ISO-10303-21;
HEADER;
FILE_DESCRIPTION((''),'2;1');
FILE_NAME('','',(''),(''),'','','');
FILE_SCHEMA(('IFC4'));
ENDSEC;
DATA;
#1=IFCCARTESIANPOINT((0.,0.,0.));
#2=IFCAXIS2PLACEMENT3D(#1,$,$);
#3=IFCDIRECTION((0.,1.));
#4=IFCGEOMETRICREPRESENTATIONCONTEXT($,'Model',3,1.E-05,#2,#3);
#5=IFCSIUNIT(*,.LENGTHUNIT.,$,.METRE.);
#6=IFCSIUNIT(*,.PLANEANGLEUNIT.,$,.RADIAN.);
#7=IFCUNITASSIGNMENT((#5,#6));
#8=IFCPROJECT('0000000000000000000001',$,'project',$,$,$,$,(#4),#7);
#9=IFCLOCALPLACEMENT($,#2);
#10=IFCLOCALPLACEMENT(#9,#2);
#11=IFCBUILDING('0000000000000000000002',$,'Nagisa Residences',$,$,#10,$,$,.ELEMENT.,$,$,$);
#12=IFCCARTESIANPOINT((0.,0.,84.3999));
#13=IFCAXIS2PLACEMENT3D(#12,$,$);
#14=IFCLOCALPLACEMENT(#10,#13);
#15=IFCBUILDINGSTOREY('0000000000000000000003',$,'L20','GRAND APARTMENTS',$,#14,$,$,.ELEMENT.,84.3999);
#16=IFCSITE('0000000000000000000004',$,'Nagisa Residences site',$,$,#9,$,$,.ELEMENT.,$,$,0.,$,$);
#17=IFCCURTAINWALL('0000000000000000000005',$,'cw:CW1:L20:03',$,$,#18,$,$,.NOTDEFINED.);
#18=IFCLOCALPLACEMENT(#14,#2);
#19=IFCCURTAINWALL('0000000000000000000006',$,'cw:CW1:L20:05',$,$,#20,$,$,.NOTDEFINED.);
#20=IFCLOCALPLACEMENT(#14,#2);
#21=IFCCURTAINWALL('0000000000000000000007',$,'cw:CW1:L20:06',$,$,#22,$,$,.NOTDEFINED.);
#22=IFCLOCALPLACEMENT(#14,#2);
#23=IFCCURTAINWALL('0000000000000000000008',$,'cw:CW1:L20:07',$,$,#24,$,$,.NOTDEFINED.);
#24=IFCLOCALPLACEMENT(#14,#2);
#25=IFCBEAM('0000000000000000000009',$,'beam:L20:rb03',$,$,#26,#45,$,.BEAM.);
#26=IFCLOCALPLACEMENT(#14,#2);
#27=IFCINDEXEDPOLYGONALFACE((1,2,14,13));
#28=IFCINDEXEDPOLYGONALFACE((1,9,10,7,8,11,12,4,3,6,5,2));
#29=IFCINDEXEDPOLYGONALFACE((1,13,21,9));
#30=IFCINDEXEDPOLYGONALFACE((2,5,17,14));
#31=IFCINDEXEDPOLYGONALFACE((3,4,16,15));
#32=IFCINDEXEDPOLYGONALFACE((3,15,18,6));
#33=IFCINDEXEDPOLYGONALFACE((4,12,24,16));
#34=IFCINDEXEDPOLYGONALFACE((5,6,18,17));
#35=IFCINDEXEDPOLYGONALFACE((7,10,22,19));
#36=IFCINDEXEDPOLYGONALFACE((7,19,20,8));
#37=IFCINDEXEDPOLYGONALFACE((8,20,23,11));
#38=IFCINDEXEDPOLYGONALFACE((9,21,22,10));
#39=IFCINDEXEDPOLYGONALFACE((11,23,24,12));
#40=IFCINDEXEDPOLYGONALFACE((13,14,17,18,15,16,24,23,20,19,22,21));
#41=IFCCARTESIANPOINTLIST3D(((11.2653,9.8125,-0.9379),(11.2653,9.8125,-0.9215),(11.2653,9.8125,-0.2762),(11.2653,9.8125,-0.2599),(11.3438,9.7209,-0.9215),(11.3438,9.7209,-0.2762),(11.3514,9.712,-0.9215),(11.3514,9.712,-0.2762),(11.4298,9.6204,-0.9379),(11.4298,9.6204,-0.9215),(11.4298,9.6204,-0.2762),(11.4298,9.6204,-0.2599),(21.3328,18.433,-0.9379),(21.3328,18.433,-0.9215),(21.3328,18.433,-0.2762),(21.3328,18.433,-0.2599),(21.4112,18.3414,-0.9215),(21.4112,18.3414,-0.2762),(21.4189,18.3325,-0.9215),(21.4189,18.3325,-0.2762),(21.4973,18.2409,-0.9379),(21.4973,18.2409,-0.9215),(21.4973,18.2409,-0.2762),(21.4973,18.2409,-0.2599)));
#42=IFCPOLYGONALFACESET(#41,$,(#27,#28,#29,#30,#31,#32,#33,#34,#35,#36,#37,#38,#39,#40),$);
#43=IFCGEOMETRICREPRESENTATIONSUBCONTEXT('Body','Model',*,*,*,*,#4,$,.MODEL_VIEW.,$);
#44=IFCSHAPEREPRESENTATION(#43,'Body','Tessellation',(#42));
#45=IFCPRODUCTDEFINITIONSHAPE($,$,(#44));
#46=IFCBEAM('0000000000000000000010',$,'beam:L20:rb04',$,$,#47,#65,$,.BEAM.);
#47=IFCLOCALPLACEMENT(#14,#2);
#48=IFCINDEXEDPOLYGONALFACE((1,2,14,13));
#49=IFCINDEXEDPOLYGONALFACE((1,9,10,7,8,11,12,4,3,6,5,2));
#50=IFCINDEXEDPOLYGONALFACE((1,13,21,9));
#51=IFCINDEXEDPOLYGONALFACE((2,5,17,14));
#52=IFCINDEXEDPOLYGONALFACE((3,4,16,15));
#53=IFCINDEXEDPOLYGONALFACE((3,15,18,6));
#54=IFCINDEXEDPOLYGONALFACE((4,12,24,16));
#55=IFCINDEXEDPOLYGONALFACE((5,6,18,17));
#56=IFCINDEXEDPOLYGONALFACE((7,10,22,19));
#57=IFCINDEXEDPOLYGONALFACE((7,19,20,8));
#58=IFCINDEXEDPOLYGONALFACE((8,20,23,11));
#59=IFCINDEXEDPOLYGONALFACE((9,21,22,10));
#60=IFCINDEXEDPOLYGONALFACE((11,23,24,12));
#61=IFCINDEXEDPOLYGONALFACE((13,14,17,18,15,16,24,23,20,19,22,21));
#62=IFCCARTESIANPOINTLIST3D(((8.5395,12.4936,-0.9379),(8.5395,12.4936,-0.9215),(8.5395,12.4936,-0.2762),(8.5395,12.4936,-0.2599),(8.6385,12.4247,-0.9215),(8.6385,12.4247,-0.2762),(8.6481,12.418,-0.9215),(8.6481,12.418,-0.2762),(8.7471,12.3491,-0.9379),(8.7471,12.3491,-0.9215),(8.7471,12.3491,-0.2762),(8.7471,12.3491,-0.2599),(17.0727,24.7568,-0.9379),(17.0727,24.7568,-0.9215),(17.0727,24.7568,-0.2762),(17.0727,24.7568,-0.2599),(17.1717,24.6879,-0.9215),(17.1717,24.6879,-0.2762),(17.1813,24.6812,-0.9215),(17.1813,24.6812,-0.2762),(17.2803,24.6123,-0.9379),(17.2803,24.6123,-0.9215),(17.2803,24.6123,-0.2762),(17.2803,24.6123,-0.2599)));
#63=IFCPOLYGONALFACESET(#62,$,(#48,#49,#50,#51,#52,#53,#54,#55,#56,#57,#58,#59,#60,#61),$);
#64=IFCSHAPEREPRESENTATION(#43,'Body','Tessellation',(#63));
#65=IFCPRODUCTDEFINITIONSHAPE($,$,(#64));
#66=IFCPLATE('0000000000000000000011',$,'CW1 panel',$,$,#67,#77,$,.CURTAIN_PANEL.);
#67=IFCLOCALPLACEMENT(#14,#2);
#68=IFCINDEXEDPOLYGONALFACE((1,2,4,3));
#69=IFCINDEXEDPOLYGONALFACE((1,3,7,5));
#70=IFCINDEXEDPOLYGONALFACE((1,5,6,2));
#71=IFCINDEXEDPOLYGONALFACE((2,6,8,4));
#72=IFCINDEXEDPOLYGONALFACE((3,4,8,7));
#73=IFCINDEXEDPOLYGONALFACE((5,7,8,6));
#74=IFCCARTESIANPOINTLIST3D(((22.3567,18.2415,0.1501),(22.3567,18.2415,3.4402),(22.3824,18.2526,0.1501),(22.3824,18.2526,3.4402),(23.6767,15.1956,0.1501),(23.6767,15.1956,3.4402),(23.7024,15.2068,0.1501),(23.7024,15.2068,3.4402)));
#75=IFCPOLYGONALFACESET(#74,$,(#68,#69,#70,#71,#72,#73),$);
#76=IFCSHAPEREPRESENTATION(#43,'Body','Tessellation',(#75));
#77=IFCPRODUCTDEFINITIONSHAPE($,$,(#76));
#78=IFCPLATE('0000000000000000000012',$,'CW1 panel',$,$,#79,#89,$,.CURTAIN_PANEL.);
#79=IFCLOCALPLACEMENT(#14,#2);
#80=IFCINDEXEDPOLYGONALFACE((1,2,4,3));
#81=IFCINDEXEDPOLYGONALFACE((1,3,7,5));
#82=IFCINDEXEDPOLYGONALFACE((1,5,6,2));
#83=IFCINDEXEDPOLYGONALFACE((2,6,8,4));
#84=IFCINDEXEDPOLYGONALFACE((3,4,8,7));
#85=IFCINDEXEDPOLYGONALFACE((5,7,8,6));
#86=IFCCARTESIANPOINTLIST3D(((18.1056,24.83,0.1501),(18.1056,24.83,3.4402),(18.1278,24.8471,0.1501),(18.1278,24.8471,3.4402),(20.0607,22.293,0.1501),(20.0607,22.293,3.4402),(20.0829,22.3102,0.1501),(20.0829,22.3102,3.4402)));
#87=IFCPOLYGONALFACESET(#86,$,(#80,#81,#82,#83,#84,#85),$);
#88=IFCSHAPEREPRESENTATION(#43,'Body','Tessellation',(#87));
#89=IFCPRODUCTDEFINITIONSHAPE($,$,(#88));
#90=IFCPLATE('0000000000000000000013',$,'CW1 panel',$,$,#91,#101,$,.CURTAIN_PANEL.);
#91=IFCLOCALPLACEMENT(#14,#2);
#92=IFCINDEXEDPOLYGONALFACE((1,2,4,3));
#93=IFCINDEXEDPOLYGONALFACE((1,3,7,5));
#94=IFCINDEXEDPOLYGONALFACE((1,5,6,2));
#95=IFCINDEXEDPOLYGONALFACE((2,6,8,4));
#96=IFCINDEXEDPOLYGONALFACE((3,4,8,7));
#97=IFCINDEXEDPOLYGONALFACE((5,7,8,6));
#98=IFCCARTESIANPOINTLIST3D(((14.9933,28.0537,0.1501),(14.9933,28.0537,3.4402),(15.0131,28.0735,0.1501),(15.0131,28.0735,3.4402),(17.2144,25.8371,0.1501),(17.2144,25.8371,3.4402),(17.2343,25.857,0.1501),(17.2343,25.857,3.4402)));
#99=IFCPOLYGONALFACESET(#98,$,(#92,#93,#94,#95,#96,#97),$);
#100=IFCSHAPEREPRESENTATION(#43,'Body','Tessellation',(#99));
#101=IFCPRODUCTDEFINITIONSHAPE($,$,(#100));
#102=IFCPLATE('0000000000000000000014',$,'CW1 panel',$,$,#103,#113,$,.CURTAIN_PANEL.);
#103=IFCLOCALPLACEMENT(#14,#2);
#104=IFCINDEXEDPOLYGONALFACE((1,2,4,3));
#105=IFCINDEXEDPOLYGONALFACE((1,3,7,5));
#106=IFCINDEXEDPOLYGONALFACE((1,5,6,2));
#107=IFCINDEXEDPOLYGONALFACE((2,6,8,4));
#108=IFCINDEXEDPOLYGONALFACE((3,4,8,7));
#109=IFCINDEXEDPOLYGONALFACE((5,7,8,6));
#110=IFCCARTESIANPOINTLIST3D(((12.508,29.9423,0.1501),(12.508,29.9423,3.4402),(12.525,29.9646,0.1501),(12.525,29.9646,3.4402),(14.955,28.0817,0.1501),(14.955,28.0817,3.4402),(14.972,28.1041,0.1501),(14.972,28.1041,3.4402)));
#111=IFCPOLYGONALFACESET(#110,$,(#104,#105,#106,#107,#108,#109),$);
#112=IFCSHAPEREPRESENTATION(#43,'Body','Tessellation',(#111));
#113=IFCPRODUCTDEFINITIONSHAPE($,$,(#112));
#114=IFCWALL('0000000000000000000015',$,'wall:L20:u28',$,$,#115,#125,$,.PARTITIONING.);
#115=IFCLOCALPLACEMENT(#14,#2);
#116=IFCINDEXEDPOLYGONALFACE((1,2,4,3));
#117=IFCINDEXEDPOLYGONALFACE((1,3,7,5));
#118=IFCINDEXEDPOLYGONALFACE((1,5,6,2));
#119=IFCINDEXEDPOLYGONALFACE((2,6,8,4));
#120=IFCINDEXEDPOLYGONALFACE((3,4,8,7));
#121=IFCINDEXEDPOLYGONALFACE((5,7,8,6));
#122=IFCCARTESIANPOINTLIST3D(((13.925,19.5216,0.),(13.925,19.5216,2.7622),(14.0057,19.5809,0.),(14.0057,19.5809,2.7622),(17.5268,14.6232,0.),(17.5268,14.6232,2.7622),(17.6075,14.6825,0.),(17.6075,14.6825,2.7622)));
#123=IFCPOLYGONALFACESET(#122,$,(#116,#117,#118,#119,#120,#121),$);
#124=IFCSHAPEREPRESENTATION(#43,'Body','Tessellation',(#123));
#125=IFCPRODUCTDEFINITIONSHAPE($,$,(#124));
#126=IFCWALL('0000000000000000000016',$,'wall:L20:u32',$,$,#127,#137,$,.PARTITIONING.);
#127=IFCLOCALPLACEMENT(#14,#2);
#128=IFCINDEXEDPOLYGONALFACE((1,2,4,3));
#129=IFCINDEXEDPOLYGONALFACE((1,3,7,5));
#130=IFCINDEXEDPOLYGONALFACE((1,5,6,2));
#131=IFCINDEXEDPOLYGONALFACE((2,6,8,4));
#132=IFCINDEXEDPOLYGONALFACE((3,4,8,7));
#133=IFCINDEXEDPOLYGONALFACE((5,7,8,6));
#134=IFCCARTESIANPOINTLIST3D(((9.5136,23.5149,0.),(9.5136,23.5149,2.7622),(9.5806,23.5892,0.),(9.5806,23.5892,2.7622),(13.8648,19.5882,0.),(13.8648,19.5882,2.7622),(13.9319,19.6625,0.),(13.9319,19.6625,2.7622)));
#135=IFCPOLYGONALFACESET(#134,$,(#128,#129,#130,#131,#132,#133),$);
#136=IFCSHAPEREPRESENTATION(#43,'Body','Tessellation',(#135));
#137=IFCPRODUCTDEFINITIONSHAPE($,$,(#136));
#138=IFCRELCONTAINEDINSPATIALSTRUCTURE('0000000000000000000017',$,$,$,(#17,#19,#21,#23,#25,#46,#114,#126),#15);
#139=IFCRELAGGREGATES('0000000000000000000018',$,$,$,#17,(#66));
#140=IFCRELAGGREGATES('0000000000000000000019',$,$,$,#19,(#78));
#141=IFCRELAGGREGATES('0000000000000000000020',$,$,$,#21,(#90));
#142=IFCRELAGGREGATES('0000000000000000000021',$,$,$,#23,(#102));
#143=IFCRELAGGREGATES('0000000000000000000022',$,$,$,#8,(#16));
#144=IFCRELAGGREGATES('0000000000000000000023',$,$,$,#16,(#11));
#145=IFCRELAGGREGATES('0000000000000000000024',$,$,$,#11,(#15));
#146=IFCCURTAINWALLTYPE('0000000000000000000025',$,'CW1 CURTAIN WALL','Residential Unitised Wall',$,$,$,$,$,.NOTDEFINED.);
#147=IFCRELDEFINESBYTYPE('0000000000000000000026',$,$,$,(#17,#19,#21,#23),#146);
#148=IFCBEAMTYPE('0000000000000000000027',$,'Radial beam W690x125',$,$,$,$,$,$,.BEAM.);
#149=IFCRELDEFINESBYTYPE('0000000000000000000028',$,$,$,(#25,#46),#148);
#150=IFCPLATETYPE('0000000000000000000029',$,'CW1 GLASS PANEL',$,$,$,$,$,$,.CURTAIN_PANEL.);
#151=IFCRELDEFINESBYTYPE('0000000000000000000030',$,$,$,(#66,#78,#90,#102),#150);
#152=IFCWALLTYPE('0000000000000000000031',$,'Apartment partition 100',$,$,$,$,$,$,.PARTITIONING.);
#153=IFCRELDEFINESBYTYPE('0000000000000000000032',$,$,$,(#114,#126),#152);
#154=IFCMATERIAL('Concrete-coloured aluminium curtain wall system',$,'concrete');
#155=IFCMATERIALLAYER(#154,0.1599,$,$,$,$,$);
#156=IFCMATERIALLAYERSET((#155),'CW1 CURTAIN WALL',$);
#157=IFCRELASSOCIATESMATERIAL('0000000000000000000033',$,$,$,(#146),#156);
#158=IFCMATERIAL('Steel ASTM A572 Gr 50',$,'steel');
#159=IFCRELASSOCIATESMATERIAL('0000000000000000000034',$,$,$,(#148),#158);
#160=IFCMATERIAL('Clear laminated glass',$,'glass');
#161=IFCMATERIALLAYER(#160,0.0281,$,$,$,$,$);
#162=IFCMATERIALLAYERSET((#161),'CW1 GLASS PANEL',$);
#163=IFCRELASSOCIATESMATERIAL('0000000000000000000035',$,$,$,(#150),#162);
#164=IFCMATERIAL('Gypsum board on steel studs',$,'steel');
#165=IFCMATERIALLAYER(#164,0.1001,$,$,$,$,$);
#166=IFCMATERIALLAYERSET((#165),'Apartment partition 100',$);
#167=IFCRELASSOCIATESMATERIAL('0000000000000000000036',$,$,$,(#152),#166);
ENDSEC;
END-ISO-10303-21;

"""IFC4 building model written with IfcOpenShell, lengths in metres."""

from ifc_helpers import new_model, si_unit, direction, frame, frame_2d, origin, origin_2d, place, context, subcontext, project, spatial, rectangle, i_section, extrude, material, layer, layer_set, material_profile, profile_set, type_object, element, aggregate, save


model = new_model("IFC4")

# Units and contexts
model_context = context("Model", 3, precision=1e-05, world=origin(), true_north=direction((0.0, 1.0)))
body_context = subcontext(model_context, "Body", "Model", "MODEL_VIEW")
ifc_project = project(units=[si_unit("LENGTHUNIT", "METRE"), si_unit("PLANEANGLEUNIT", "RADIAN")], contexts=[model_context])

# Site, building, storey
site_placement = place(None, origin())
site = spatial("IfcSite", under=ifc_project, at=site_placement, Name="Nagisa Residences site", CompositionType="ELEMENT", RefElevation=0.0)
building_placement = place(site_placement, origin())
building = spatial("IfcBuilding", under=site, at=building_placement, Name="Nagisa Residences", CompositionType="ELEMENT")
storey_placement = place(building_placement, frame((0.0, 0.0, 84.3999)))
storey = spatial("IfcBuildingStorey", under=building, at=storey_placement, Name="L20", Description="GRAND APARTMENTS", CompositionType="ELEMENT", Elevation=84.3999)

# Curtain walls
ifc_material_1 = material(Name="Concrete-coloured aluminium curtain wall system", Category="concrete")
ifc_layer_1 = layer(ifc_material_1, 0.1599)
ifc_layer_set_1 = layer_set([ifc_layer_1], Name="CW1 CURTAIN WALL")
curtain_wall_type = type_object("IfcCurtainWallType", Name="CW1 CURTAIN WALL", Description="Residential Unitised Wall", PredefinedType="NOTDEFINED", material=ifc_layer_set_1)
curtain_wall_1_placement = place(storey_placement, origin())
curtain_wall_1 = element("IfcCurtainWall", 1, at=curtain_wall_1_placement, inside=storey, type_object=curtain_wall_type, Name="cw:CW1:L20:03", PredefinedType="NOTDEFINED")
curtain_wall_2_placement = place(storey_placement, origin())
curtain_wall_2 = element("IfcCurtainWall", 2, at=curtain_wall_2_placement, inside=storey, type_object=curtain_wall_type, Name="cw:CW1:L20:05", PredefinedType="NOTDEFINED")
curtain_wall_3_placement = place(storey_placement, origin())
curtain_wall_3 = element("IfcCurtainWall", 3, at=curtain_wall_3_placement, inside=storey, type_object=curtain_wall_type, Name="cw:CW1:L20:06", PredefinedType="NOTDEFINED")
curtain_wall_4_placement = place(storey_placement, origin())
curtain_wall_4 = element("IfcCurtainWall", 4, at=curtain_wall_4_placement, inside=storey, type_object=curtain_wall_type, Name="cw:CW1:L20:07", PredefinedType="NOTDEFINED")

# Beams
ifc_material_2 = material(Name="Steel ASTM A572 Gr 50", Category="steel")
ifc_material_profile_1 = material_profile(ifc_material_2, i_section(OverallWidth=0.2529, OverallDepth=0.678, WebThickness=0.0117, FlangeThickness=0.0164, at=origin_2d()), Name="W690x125")
ifc_profile_set_1 = profile_set([ifc_material_profile_1], Name="Steel ASTM A572 Gr 50")
beam_type_1 = type_object("IfcBeamType", Name="Radial beam W690x125", PredefinedType="BEAM", material=ifc_profile_set_1)
beam_1_placement = place(storey_placement, frame((21.415, 18.3369, -0.5989), z_axis=(-0.759585, -0.650407, 0.0), x_axis=(0.650407, -0.759585, 0.0)))
element("IfcBeam", 5, at=beam_1_placement, inside=storey, type_object=beam_type_1, Name="beam:L20:rb03", PredefinedType="BEAM", context=body_context, shape_type="SweptSolid", body=[
    extrude(i_section(OverallWidth=0.2529, OverallDepth=0.678, WebThickness=0.0117, FlangeThickness=0.0164, at=origin_2d()), origin(), (0.0, 0.0, 1.0), 13.2539),
])
beam_2_placement = place(storey_placement, frame((17.1765, 24.6846, -0.5989), z_axis=(-0.571168, -0.820833, 0.0), x_axis=(0.820833, -0.571168, 0.0)))
element("IfcBeam", 6, at=beam_2_placement, inside=storey, type_object=beam_type_1, Name="beam:L20:rb04", PredefinedType="BEAM", context=body_context, shape_type="SweptSolid", body=[
    extrude(i_section(OverallWidth=0.2529, OverallDepth=0.678, WebThickness=0.0117, FlangeThickness=0.0164, at=origin_2d()), origin(), (0.0, 0.0, 1.0), 14.9399),
])

# Plates
ifc_material_3 = material(Name="Clear laminated glass", Category="glass")
ifc_layer_2 = layer(ifc_material_3, 0.0281)
ifc_layer_set_2 = layer_set([ifc_layer_2], Name="CW1 GLASS PANEL")
plate_type = type_object("IfcPlateType", Name="CW1 GLASS PANEL", PredefinedType="CURTAIN_PANEL", material=ifc_layer_set_2)
plate_1_placement = place(storey_placement, frame((23.0295, 16.7241, 0.1501), z_axis=(0.0, 0.0, 1.0), x_axis=(-0.397636, 0.917543, 0.0)))
plate_1 = element("IfcPlate", 7, at=plate_1_placement, type_object=plate_type, Name="CW1 panel", PredefinedType="CURTAIN_PANEL", context=body_context, shape_type="SweptSolid", body=[
    extrude(rectangle(XDim=3.3196, YDim=0.0281, at=origin_2d()), origin(), (0.0, 0.0, 1.0), 3.29),
])
aggregate(curtain_wall_1, [plate_1])
plate_2_placement = place(storey_placement, frame((19.0942, 23.5701, 0.1501), z_axis=(0.0, 0.0, 1.0), x_axis=(-0.61043, 0.79207, 0.0)))
plate_2 = element("IfcPlate", 8, at=plate_2_placement, type_object=plate_type, Name="CW1 panel", PredefinedType="CURTAIN_PANEL", context=body_context, shape_type="SweptSolid", body=[
    extrude(rectangle(XDim=3.2029, YDim=0.0281, at=origin_2d()), origin(), (0.0, 0.0, 1.0), 3.29),
])
aggregate(curtain_wall_2, [plate_2])
plate_3_placement = place(storey_placement, frame((16.1138, 26.9553, 0.1501), z_axis=(0.0, 0.0, 1.0), x_axis=(-0.707836, 0.706377, 0.0)))
plate_3 = element("IfcPlate", 9, at=plate_3_placement, type_object=plate_type, Name="CW1 panel", PredefinedType="CURTAIN_PANEL", context=body_context, shape_type="SweptSolid", body=[
    extrude(rectangle(XDim=3.1379, YDim=0.0281, at=origin_2d()), origin(), (0.0, 0.0, 1.0), 3.29),
])
aggregate(curtain_wall_3, [plate_3])
plate_4_placement = place(storey_placement, frame((13.74, 29.0232, 0.1501), z_axis=(0.0, 0.0, 1.0), x_axis=(-0.796031, 0.605255, 0.0)))
plate_4 = element("IfcPlate", 10, at=plate_4_placement, type_object=plate_type, Name="CW1 panel", PredefinedType="CURTAIN_PANEL", context=body_context, shape_type="SweptSolid", body=[
    extrude(rectangle(XDim=3.074, YDim=0.0281, at=origin_2d()), origin(), (0.0, 0.0, 1.0), 3.29),
])
aggregate(curtain_wall_4, [plate_4])

# Walls
ifc_material_4 = material(Name="Gypsum board on steel studs", Category="steel")
ifc_layer_3 = layer(ifc_material_4, 0.1001)
ifc_layer_set_3 = layer_set([ifc_layer_3], Name="Apartment partition 100")
wall_type_1 = type_object("IfcWallType", Name="Apartment partition 100", PredefinedType="PARTITIONING", material=ifc_layer_set_3)
wall_1_placement = place(storey_placement, frame((17.5671, 14.6528, 0.0), z_axis=(0.0, 0.0, 1.0), x_axis=(-0.592392, 0.80565, 0.0)))
element("IfcWall", 11, at=wall_1_placement, inside=storey, type_object=wall_type_1, Name="wall:L20:u28", PredefinedType="PARTITIONING", context=body_context, shape_type="SweptSolid", body=[
    extrude(rectangle(XDim=6.0801, YDim=0.1001, at=frame_2d((3.04, 0.0))), origin(), (0.0, 0.0, 1.0), 2.7622),
])
wall_2_placement = place(storey_placement, frame((13.8984, 19.6252, 0.0), z_axis=(0.0, 0.0, 1.0), x_axis=(-0.742397, 0.669961, 0.0)))
element("IfcWall", 12, at=wall_2_placement, inside=storey, type_object=wall_type_1, Name="wall:L20:u32", PredefinedType="PARTITIONING", context=body_context, shape_type="SweptSolid", body=[
    extrude(rectangle(XDim=5.8611, YDim=0.1001, at=frame_2d((2.9307, 0.0))), origin(), (0.0, 0.0, 1.0), 2.7622),
])

save(model, "model.ifc")
